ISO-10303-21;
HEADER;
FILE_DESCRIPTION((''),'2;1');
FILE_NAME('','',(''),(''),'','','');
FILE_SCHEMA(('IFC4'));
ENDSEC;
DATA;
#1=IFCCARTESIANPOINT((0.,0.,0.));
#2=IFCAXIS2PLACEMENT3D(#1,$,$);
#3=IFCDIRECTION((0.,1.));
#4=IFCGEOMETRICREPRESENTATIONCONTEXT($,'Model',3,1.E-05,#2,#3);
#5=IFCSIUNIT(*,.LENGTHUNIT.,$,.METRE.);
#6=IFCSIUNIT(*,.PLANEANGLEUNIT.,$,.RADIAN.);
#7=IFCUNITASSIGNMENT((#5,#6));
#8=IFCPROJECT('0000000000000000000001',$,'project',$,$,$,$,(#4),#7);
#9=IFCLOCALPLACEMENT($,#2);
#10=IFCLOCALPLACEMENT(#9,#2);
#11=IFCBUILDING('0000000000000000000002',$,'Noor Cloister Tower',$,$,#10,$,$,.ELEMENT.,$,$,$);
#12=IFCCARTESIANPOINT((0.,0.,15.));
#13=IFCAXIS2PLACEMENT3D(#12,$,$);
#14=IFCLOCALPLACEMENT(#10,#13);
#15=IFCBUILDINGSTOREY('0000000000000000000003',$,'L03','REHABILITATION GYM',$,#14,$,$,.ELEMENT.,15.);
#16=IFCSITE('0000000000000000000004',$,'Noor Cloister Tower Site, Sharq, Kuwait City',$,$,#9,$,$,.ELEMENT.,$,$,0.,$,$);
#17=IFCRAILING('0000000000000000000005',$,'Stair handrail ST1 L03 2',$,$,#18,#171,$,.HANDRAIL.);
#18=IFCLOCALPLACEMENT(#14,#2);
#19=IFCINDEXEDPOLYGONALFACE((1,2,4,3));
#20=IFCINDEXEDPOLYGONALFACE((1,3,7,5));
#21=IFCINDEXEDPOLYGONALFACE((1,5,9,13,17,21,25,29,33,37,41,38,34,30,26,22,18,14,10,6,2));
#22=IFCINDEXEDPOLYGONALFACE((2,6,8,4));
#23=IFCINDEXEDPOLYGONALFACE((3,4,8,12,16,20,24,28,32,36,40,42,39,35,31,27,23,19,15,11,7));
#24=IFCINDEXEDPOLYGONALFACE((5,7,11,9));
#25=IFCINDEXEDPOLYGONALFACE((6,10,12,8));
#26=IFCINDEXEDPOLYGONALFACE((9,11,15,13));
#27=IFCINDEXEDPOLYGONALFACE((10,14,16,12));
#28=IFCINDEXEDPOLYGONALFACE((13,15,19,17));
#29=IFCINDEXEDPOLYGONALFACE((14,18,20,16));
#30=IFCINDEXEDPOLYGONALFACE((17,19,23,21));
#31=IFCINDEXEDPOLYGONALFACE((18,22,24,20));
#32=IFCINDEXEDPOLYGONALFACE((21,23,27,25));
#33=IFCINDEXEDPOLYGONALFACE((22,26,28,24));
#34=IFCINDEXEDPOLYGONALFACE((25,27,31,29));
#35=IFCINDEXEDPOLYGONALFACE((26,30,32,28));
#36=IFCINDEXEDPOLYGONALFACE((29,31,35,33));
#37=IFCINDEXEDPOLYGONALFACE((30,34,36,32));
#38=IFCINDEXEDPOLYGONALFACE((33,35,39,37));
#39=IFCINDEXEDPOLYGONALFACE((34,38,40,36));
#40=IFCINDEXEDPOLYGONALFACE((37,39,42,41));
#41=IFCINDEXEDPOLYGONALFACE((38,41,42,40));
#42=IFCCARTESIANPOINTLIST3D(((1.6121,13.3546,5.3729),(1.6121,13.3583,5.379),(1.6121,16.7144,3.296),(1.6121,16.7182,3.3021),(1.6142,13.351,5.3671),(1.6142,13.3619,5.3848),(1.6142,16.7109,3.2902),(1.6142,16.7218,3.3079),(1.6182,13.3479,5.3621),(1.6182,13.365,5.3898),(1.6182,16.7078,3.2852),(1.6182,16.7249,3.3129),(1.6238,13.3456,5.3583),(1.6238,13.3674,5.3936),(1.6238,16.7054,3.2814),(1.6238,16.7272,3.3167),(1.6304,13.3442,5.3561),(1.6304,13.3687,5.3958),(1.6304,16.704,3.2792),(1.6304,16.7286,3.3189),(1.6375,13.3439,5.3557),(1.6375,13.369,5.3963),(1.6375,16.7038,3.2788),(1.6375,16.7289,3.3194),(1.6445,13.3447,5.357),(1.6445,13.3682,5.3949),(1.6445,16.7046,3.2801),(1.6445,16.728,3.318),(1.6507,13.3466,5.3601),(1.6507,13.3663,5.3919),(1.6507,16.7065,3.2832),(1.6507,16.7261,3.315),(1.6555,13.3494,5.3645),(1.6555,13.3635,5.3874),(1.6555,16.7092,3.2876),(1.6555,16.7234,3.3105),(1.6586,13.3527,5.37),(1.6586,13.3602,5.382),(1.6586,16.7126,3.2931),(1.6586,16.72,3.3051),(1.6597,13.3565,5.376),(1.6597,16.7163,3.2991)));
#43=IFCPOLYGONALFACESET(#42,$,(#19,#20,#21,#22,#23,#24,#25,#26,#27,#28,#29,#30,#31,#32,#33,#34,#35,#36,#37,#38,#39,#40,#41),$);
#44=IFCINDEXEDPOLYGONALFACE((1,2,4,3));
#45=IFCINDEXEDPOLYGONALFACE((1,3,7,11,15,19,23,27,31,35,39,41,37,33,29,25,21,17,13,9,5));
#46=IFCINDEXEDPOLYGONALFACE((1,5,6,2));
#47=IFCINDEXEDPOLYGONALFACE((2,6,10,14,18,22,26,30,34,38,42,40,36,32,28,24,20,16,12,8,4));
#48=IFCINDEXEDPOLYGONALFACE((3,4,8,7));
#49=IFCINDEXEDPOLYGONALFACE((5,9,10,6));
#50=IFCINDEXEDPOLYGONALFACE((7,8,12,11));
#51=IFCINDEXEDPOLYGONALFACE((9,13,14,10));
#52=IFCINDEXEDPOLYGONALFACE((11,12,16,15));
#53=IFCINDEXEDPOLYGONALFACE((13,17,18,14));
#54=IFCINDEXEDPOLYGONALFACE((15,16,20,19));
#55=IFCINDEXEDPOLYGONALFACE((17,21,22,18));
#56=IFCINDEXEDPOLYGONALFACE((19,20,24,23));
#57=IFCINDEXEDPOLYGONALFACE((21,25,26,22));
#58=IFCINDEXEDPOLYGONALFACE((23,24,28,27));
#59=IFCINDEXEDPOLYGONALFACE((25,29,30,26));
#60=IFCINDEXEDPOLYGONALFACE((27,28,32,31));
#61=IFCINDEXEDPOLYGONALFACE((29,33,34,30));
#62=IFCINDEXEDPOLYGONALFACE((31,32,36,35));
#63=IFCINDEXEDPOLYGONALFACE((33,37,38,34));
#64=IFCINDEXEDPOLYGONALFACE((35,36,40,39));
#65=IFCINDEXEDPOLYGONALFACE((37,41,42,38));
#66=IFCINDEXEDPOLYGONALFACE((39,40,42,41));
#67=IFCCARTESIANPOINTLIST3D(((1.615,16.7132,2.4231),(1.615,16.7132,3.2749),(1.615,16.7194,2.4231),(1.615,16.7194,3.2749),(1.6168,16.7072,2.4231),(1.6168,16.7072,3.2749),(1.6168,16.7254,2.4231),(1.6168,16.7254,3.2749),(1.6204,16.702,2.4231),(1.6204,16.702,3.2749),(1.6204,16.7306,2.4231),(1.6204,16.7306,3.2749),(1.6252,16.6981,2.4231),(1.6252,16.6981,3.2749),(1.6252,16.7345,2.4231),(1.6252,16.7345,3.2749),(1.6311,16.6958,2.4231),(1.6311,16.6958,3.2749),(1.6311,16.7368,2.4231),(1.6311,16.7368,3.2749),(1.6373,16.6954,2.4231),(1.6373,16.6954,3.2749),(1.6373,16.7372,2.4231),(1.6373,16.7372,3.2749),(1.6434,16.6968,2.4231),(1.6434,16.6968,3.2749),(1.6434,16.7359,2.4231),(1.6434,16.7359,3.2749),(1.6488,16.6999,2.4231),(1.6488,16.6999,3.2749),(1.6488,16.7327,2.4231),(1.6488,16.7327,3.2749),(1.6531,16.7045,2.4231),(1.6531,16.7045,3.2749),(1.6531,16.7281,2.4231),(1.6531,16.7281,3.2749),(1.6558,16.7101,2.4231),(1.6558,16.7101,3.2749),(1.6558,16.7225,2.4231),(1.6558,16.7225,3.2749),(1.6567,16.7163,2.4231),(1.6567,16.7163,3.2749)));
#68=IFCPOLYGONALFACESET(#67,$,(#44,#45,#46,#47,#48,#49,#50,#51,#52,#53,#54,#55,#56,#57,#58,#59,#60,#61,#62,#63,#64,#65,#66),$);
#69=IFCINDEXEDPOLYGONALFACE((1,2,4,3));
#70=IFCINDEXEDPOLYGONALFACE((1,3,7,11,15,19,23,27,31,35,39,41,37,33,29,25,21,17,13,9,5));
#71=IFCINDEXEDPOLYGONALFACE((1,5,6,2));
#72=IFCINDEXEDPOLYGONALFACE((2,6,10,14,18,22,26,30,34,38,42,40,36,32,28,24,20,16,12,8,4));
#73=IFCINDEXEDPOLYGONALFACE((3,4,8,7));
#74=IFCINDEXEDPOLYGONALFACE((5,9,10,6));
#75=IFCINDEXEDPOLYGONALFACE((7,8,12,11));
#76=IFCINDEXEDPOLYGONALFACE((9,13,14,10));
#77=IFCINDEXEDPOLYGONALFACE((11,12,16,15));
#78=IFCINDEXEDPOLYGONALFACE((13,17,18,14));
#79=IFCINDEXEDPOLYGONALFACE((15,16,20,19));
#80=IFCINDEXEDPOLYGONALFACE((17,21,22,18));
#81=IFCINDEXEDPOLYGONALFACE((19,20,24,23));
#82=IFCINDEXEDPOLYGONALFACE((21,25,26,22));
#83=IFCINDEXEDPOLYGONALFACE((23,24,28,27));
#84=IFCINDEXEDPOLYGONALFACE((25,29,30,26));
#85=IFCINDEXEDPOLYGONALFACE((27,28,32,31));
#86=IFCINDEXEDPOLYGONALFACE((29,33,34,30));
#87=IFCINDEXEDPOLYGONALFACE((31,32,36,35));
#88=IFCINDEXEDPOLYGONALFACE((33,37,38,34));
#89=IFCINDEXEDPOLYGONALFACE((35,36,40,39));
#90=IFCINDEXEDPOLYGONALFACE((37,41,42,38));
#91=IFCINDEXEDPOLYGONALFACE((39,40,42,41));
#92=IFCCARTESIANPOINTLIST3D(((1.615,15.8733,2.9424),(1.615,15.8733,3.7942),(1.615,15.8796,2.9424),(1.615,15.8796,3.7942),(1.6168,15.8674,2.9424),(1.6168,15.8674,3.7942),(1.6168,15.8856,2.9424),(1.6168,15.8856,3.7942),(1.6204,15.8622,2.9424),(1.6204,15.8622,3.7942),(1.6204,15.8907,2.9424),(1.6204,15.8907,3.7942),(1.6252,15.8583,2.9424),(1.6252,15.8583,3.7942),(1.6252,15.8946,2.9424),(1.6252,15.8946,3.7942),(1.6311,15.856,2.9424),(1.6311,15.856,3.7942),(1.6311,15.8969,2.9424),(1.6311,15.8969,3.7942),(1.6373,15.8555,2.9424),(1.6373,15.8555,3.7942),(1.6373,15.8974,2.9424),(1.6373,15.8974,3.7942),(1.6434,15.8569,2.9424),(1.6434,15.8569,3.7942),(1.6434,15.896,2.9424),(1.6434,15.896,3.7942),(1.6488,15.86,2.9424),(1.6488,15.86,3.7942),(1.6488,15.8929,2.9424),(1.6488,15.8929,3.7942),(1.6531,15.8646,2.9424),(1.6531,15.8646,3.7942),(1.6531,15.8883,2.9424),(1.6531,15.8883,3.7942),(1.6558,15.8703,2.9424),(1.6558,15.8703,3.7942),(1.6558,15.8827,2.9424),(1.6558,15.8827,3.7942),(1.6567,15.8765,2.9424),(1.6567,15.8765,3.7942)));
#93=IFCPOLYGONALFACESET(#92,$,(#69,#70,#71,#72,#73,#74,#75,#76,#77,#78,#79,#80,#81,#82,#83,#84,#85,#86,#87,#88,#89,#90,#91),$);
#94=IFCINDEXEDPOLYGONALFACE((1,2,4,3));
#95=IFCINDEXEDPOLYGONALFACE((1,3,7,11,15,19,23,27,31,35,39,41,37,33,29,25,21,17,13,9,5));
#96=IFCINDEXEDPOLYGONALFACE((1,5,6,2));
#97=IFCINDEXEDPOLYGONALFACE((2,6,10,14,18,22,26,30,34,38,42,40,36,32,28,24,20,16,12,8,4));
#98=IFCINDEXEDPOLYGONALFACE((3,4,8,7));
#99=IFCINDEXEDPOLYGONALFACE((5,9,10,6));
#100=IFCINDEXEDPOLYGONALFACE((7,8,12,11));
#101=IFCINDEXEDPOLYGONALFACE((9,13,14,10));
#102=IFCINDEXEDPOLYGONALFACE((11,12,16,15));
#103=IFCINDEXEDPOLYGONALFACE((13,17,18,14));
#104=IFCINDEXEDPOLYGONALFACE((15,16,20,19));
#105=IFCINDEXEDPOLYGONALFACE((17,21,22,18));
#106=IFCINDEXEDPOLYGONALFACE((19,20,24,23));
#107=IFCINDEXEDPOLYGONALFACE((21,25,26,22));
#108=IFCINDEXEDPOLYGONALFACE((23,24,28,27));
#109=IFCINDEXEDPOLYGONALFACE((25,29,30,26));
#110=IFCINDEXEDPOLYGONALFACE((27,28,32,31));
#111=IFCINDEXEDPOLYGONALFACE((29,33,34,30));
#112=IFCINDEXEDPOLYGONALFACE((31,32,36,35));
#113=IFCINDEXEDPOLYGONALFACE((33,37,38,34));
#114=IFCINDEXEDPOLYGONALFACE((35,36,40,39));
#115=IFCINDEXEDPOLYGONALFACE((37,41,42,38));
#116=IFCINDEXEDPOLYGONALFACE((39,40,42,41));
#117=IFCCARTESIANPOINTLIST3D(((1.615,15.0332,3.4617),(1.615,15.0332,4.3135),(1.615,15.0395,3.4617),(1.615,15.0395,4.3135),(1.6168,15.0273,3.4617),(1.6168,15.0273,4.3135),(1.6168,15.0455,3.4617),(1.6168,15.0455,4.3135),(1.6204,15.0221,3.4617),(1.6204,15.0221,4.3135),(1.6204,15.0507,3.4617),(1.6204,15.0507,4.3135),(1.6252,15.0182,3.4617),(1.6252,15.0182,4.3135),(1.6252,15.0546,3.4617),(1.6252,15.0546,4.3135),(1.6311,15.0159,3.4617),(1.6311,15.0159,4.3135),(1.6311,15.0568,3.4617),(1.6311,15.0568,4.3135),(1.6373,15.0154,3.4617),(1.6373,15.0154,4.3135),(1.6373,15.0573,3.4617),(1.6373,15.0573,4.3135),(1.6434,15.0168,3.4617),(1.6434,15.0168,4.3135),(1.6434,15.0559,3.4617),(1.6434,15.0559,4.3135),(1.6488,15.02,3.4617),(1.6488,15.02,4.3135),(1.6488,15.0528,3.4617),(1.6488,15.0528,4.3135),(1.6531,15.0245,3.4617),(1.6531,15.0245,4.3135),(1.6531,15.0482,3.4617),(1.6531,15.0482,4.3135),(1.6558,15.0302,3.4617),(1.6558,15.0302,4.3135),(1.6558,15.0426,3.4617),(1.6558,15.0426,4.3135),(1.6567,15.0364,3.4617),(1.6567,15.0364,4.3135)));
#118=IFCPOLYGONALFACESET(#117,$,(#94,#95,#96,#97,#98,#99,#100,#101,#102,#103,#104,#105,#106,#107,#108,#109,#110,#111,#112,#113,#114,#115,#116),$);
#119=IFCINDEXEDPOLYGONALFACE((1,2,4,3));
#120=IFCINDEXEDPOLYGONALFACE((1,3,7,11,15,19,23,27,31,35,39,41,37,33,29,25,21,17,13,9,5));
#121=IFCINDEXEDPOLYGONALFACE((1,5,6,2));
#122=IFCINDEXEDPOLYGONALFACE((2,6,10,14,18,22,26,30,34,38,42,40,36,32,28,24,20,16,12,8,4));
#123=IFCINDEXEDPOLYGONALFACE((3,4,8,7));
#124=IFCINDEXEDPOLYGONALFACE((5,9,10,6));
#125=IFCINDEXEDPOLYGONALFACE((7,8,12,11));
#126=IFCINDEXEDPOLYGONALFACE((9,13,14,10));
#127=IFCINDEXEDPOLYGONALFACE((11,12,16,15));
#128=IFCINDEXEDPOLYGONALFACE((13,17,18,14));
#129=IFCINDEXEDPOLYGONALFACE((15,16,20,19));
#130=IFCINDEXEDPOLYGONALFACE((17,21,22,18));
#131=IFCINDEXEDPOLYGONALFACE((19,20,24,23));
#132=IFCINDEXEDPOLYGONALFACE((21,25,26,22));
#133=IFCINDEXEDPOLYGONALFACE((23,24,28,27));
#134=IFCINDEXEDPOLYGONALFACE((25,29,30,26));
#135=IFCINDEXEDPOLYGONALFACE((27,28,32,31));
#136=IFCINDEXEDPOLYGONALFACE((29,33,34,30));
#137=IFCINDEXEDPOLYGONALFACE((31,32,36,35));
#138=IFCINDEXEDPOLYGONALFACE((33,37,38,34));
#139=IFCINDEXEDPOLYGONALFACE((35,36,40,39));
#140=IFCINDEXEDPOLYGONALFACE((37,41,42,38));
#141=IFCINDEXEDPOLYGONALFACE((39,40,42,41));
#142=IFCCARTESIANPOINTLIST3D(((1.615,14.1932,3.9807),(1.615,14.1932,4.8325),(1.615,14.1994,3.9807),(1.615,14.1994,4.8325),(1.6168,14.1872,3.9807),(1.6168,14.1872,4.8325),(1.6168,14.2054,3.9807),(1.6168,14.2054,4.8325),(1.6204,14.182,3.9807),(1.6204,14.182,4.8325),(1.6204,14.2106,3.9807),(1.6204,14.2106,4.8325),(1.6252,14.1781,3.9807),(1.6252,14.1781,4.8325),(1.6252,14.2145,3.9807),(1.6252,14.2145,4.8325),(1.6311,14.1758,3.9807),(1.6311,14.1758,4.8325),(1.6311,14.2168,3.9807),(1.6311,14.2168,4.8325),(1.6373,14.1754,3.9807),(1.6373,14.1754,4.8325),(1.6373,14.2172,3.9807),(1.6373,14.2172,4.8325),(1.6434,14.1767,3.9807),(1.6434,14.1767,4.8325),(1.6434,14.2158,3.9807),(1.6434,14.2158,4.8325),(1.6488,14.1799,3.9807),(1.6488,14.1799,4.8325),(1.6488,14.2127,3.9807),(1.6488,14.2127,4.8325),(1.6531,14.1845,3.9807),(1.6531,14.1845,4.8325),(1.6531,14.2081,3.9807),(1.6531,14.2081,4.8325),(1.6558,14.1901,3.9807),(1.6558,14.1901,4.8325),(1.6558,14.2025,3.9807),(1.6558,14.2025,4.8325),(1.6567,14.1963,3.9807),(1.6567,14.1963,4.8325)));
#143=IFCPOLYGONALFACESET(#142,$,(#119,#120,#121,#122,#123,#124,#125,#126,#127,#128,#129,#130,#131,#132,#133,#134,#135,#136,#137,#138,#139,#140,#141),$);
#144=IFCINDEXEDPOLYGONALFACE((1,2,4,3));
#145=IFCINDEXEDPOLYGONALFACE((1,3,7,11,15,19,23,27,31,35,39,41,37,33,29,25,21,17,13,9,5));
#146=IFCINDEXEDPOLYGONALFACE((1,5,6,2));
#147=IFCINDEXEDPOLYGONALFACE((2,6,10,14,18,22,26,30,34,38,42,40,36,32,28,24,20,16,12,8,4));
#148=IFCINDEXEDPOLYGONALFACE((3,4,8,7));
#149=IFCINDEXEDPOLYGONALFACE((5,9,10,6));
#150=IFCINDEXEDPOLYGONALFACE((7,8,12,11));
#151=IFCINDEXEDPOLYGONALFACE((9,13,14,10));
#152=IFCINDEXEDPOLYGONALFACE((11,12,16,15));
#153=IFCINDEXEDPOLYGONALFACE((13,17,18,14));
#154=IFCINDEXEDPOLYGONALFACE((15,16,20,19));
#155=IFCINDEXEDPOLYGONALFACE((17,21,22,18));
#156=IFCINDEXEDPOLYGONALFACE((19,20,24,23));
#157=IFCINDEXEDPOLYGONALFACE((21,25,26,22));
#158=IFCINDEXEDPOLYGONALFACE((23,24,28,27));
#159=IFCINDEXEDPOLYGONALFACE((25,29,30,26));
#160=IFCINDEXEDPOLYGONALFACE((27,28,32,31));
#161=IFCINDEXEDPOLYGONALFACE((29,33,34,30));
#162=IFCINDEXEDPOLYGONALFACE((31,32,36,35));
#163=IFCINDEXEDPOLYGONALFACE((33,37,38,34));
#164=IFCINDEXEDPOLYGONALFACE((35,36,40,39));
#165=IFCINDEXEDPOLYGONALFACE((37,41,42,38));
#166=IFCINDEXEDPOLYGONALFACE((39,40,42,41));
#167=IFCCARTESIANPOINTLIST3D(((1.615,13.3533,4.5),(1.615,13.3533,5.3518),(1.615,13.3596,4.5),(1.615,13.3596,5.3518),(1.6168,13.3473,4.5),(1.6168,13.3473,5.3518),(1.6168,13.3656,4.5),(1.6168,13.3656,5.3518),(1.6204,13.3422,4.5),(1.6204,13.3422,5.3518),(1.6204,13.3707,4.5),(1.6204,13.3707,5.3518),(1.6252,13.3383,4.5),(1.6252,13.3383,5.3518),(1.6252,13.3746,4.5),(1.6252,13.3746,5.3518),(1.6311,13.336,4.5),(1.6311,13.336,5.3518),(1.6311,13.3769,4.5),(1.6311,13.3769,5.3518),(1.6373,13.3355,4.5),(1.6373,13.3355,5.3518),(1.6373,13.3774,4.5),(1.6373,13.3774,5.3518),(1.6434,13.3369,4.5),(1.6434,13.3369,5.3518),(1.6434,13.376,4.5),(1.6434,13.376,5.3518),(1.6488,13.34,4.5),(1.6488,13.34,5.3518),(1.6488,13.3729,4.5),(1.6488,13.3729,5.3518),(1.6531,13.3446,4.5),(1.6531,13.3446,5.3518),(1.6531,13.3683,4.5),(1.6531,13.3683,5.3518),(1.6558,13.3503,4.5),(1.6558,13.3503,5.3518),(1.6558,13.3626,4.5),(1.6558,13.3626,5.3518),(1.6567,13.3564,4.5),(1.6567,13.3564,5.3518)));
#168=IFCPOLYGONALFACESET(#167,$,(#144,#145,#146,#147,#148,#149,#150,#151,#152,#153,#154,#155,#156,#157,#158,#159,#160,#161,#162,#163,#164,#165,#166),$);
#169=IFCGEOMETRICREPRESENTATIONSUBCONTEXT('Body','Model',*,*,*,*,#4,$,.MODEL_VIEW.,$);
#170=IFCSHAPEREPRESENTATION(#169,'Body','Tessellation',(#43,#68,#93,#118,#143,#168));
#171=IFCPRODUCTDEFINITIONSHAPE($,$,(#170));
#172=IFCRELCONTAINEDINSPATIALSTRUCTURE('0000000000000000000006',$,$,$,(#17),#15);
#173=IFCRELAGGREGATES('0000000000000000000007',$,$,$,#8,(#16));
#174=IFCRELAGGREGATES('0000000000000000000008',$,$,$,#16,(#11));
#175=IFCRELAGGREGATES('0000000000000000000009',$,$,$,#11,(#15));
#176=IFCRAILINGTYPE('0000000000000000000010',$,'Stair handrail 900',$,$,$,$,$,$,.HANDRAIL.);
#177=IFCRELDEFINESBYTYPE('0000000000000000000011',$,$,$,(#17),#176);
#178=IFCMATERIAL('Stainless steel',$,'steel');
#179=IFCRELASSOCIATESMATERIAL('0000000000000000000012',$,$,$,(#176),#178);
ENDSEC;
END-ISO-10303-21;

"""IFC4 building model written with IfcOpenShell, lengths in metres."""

from ifc_helpers import new_model, si_unit, direction, frame, origin, origin_2d, place, context, subcontext, project, spatial, circle, extrude, material, type_object, element, save


model = new_model("IFC4")

# Units and contexts
model_context = context("Model", 3, precision=1e-05, world=origin(), true_north=direction((0.0, 1.0)))
body_context = subcontext(model_context, "Body", "Model", "MODEL_VIEW")
ifc_project = project(units=[si_unit("LENGTHUNIT", "METRE"), si_unit("PLANEANGLEUNIT", "RADIAN")], contexts=[model_context])

# Site, building, storey
site_placement = place(None, origin())
site = spatial("IfcSite", under=ifc_project, at=site_placement, Name="Noor Cloister Tower Site, Sharq, Kuwait City", CompositionType="ELEMENT", RefElevation=0.0)
building_placement = place(site_placement, origin())
building = spatial("IfcBuilding", under=site, at=building_placement, Name="Noor Cloister Tower", CompositionType="ELEMENT")
storey_placement = place(building_placement, frame((0.0, 0.0, 15.0)))
storey = spatial("IfcBuildingStorey", under=building, at=storey_placement, Name="L03", Description="REHABILITATION GYM", CompositionType="ELEMENT", Elevation=15.0)

# Railing
ifc_material_1 = material(Name="Stainless steel", Category="steel")
railing_type_1 = type_object("IfcRailingType", Name="Stair handrail 900", PredefinedType="HANDRAIL", material=ifc_material_1)
railing_1_placement = place(storey_placement, frame((1.6357, 16.7163, 2.4231)))
element("IfcRailing", 1, at=railing_1_placement, inside=storey, type_object=railing_type_1, Name="Stair handrail ST1 L03 2", PredefinedType="HANDRAIL", context=body_context, shape_type="SweptSolid", body=[
    extrude(circle(Radius=0.0239, at=origin_2d()), frame((0.0, 0.0, 0.876), z_axis=(0.0, -0.850606, 0.525803), x_axis=(1.0, 0.0, 0.0)), (0.0, 0.0, 1.0), 3.95),
    extrude(circle(Radius=0.021, at=origin_2d()), origin(), (0.0, 0.0, 1.0), 0.8518),
    extrude(circle(Radius=0.021, at=origin_2d()), frame((0.0, -0.8398, 0.5193)), (0.0, 0.0, 1.0), 0.8518),
    extrude(circle(Radius=0.021, at=origin_2d()), frame((0.0, -1.6799, 1.0386)), (0.0, 0.0, 1.0), 0.8518),
    extrude(circle(Radius=0.021, at=origin_2d()), frame((0.0, -2.52, 1.5576)), (0.0, 0.0, 1.0), 0.8518),
    extrude(circle(Radius=0.021, at=origin_2d()), frame((0.0, -3.3599, 2.0769)), (0.0, 0.0, 1.0), 0.8518),
])

save(model, "model.ifc")
